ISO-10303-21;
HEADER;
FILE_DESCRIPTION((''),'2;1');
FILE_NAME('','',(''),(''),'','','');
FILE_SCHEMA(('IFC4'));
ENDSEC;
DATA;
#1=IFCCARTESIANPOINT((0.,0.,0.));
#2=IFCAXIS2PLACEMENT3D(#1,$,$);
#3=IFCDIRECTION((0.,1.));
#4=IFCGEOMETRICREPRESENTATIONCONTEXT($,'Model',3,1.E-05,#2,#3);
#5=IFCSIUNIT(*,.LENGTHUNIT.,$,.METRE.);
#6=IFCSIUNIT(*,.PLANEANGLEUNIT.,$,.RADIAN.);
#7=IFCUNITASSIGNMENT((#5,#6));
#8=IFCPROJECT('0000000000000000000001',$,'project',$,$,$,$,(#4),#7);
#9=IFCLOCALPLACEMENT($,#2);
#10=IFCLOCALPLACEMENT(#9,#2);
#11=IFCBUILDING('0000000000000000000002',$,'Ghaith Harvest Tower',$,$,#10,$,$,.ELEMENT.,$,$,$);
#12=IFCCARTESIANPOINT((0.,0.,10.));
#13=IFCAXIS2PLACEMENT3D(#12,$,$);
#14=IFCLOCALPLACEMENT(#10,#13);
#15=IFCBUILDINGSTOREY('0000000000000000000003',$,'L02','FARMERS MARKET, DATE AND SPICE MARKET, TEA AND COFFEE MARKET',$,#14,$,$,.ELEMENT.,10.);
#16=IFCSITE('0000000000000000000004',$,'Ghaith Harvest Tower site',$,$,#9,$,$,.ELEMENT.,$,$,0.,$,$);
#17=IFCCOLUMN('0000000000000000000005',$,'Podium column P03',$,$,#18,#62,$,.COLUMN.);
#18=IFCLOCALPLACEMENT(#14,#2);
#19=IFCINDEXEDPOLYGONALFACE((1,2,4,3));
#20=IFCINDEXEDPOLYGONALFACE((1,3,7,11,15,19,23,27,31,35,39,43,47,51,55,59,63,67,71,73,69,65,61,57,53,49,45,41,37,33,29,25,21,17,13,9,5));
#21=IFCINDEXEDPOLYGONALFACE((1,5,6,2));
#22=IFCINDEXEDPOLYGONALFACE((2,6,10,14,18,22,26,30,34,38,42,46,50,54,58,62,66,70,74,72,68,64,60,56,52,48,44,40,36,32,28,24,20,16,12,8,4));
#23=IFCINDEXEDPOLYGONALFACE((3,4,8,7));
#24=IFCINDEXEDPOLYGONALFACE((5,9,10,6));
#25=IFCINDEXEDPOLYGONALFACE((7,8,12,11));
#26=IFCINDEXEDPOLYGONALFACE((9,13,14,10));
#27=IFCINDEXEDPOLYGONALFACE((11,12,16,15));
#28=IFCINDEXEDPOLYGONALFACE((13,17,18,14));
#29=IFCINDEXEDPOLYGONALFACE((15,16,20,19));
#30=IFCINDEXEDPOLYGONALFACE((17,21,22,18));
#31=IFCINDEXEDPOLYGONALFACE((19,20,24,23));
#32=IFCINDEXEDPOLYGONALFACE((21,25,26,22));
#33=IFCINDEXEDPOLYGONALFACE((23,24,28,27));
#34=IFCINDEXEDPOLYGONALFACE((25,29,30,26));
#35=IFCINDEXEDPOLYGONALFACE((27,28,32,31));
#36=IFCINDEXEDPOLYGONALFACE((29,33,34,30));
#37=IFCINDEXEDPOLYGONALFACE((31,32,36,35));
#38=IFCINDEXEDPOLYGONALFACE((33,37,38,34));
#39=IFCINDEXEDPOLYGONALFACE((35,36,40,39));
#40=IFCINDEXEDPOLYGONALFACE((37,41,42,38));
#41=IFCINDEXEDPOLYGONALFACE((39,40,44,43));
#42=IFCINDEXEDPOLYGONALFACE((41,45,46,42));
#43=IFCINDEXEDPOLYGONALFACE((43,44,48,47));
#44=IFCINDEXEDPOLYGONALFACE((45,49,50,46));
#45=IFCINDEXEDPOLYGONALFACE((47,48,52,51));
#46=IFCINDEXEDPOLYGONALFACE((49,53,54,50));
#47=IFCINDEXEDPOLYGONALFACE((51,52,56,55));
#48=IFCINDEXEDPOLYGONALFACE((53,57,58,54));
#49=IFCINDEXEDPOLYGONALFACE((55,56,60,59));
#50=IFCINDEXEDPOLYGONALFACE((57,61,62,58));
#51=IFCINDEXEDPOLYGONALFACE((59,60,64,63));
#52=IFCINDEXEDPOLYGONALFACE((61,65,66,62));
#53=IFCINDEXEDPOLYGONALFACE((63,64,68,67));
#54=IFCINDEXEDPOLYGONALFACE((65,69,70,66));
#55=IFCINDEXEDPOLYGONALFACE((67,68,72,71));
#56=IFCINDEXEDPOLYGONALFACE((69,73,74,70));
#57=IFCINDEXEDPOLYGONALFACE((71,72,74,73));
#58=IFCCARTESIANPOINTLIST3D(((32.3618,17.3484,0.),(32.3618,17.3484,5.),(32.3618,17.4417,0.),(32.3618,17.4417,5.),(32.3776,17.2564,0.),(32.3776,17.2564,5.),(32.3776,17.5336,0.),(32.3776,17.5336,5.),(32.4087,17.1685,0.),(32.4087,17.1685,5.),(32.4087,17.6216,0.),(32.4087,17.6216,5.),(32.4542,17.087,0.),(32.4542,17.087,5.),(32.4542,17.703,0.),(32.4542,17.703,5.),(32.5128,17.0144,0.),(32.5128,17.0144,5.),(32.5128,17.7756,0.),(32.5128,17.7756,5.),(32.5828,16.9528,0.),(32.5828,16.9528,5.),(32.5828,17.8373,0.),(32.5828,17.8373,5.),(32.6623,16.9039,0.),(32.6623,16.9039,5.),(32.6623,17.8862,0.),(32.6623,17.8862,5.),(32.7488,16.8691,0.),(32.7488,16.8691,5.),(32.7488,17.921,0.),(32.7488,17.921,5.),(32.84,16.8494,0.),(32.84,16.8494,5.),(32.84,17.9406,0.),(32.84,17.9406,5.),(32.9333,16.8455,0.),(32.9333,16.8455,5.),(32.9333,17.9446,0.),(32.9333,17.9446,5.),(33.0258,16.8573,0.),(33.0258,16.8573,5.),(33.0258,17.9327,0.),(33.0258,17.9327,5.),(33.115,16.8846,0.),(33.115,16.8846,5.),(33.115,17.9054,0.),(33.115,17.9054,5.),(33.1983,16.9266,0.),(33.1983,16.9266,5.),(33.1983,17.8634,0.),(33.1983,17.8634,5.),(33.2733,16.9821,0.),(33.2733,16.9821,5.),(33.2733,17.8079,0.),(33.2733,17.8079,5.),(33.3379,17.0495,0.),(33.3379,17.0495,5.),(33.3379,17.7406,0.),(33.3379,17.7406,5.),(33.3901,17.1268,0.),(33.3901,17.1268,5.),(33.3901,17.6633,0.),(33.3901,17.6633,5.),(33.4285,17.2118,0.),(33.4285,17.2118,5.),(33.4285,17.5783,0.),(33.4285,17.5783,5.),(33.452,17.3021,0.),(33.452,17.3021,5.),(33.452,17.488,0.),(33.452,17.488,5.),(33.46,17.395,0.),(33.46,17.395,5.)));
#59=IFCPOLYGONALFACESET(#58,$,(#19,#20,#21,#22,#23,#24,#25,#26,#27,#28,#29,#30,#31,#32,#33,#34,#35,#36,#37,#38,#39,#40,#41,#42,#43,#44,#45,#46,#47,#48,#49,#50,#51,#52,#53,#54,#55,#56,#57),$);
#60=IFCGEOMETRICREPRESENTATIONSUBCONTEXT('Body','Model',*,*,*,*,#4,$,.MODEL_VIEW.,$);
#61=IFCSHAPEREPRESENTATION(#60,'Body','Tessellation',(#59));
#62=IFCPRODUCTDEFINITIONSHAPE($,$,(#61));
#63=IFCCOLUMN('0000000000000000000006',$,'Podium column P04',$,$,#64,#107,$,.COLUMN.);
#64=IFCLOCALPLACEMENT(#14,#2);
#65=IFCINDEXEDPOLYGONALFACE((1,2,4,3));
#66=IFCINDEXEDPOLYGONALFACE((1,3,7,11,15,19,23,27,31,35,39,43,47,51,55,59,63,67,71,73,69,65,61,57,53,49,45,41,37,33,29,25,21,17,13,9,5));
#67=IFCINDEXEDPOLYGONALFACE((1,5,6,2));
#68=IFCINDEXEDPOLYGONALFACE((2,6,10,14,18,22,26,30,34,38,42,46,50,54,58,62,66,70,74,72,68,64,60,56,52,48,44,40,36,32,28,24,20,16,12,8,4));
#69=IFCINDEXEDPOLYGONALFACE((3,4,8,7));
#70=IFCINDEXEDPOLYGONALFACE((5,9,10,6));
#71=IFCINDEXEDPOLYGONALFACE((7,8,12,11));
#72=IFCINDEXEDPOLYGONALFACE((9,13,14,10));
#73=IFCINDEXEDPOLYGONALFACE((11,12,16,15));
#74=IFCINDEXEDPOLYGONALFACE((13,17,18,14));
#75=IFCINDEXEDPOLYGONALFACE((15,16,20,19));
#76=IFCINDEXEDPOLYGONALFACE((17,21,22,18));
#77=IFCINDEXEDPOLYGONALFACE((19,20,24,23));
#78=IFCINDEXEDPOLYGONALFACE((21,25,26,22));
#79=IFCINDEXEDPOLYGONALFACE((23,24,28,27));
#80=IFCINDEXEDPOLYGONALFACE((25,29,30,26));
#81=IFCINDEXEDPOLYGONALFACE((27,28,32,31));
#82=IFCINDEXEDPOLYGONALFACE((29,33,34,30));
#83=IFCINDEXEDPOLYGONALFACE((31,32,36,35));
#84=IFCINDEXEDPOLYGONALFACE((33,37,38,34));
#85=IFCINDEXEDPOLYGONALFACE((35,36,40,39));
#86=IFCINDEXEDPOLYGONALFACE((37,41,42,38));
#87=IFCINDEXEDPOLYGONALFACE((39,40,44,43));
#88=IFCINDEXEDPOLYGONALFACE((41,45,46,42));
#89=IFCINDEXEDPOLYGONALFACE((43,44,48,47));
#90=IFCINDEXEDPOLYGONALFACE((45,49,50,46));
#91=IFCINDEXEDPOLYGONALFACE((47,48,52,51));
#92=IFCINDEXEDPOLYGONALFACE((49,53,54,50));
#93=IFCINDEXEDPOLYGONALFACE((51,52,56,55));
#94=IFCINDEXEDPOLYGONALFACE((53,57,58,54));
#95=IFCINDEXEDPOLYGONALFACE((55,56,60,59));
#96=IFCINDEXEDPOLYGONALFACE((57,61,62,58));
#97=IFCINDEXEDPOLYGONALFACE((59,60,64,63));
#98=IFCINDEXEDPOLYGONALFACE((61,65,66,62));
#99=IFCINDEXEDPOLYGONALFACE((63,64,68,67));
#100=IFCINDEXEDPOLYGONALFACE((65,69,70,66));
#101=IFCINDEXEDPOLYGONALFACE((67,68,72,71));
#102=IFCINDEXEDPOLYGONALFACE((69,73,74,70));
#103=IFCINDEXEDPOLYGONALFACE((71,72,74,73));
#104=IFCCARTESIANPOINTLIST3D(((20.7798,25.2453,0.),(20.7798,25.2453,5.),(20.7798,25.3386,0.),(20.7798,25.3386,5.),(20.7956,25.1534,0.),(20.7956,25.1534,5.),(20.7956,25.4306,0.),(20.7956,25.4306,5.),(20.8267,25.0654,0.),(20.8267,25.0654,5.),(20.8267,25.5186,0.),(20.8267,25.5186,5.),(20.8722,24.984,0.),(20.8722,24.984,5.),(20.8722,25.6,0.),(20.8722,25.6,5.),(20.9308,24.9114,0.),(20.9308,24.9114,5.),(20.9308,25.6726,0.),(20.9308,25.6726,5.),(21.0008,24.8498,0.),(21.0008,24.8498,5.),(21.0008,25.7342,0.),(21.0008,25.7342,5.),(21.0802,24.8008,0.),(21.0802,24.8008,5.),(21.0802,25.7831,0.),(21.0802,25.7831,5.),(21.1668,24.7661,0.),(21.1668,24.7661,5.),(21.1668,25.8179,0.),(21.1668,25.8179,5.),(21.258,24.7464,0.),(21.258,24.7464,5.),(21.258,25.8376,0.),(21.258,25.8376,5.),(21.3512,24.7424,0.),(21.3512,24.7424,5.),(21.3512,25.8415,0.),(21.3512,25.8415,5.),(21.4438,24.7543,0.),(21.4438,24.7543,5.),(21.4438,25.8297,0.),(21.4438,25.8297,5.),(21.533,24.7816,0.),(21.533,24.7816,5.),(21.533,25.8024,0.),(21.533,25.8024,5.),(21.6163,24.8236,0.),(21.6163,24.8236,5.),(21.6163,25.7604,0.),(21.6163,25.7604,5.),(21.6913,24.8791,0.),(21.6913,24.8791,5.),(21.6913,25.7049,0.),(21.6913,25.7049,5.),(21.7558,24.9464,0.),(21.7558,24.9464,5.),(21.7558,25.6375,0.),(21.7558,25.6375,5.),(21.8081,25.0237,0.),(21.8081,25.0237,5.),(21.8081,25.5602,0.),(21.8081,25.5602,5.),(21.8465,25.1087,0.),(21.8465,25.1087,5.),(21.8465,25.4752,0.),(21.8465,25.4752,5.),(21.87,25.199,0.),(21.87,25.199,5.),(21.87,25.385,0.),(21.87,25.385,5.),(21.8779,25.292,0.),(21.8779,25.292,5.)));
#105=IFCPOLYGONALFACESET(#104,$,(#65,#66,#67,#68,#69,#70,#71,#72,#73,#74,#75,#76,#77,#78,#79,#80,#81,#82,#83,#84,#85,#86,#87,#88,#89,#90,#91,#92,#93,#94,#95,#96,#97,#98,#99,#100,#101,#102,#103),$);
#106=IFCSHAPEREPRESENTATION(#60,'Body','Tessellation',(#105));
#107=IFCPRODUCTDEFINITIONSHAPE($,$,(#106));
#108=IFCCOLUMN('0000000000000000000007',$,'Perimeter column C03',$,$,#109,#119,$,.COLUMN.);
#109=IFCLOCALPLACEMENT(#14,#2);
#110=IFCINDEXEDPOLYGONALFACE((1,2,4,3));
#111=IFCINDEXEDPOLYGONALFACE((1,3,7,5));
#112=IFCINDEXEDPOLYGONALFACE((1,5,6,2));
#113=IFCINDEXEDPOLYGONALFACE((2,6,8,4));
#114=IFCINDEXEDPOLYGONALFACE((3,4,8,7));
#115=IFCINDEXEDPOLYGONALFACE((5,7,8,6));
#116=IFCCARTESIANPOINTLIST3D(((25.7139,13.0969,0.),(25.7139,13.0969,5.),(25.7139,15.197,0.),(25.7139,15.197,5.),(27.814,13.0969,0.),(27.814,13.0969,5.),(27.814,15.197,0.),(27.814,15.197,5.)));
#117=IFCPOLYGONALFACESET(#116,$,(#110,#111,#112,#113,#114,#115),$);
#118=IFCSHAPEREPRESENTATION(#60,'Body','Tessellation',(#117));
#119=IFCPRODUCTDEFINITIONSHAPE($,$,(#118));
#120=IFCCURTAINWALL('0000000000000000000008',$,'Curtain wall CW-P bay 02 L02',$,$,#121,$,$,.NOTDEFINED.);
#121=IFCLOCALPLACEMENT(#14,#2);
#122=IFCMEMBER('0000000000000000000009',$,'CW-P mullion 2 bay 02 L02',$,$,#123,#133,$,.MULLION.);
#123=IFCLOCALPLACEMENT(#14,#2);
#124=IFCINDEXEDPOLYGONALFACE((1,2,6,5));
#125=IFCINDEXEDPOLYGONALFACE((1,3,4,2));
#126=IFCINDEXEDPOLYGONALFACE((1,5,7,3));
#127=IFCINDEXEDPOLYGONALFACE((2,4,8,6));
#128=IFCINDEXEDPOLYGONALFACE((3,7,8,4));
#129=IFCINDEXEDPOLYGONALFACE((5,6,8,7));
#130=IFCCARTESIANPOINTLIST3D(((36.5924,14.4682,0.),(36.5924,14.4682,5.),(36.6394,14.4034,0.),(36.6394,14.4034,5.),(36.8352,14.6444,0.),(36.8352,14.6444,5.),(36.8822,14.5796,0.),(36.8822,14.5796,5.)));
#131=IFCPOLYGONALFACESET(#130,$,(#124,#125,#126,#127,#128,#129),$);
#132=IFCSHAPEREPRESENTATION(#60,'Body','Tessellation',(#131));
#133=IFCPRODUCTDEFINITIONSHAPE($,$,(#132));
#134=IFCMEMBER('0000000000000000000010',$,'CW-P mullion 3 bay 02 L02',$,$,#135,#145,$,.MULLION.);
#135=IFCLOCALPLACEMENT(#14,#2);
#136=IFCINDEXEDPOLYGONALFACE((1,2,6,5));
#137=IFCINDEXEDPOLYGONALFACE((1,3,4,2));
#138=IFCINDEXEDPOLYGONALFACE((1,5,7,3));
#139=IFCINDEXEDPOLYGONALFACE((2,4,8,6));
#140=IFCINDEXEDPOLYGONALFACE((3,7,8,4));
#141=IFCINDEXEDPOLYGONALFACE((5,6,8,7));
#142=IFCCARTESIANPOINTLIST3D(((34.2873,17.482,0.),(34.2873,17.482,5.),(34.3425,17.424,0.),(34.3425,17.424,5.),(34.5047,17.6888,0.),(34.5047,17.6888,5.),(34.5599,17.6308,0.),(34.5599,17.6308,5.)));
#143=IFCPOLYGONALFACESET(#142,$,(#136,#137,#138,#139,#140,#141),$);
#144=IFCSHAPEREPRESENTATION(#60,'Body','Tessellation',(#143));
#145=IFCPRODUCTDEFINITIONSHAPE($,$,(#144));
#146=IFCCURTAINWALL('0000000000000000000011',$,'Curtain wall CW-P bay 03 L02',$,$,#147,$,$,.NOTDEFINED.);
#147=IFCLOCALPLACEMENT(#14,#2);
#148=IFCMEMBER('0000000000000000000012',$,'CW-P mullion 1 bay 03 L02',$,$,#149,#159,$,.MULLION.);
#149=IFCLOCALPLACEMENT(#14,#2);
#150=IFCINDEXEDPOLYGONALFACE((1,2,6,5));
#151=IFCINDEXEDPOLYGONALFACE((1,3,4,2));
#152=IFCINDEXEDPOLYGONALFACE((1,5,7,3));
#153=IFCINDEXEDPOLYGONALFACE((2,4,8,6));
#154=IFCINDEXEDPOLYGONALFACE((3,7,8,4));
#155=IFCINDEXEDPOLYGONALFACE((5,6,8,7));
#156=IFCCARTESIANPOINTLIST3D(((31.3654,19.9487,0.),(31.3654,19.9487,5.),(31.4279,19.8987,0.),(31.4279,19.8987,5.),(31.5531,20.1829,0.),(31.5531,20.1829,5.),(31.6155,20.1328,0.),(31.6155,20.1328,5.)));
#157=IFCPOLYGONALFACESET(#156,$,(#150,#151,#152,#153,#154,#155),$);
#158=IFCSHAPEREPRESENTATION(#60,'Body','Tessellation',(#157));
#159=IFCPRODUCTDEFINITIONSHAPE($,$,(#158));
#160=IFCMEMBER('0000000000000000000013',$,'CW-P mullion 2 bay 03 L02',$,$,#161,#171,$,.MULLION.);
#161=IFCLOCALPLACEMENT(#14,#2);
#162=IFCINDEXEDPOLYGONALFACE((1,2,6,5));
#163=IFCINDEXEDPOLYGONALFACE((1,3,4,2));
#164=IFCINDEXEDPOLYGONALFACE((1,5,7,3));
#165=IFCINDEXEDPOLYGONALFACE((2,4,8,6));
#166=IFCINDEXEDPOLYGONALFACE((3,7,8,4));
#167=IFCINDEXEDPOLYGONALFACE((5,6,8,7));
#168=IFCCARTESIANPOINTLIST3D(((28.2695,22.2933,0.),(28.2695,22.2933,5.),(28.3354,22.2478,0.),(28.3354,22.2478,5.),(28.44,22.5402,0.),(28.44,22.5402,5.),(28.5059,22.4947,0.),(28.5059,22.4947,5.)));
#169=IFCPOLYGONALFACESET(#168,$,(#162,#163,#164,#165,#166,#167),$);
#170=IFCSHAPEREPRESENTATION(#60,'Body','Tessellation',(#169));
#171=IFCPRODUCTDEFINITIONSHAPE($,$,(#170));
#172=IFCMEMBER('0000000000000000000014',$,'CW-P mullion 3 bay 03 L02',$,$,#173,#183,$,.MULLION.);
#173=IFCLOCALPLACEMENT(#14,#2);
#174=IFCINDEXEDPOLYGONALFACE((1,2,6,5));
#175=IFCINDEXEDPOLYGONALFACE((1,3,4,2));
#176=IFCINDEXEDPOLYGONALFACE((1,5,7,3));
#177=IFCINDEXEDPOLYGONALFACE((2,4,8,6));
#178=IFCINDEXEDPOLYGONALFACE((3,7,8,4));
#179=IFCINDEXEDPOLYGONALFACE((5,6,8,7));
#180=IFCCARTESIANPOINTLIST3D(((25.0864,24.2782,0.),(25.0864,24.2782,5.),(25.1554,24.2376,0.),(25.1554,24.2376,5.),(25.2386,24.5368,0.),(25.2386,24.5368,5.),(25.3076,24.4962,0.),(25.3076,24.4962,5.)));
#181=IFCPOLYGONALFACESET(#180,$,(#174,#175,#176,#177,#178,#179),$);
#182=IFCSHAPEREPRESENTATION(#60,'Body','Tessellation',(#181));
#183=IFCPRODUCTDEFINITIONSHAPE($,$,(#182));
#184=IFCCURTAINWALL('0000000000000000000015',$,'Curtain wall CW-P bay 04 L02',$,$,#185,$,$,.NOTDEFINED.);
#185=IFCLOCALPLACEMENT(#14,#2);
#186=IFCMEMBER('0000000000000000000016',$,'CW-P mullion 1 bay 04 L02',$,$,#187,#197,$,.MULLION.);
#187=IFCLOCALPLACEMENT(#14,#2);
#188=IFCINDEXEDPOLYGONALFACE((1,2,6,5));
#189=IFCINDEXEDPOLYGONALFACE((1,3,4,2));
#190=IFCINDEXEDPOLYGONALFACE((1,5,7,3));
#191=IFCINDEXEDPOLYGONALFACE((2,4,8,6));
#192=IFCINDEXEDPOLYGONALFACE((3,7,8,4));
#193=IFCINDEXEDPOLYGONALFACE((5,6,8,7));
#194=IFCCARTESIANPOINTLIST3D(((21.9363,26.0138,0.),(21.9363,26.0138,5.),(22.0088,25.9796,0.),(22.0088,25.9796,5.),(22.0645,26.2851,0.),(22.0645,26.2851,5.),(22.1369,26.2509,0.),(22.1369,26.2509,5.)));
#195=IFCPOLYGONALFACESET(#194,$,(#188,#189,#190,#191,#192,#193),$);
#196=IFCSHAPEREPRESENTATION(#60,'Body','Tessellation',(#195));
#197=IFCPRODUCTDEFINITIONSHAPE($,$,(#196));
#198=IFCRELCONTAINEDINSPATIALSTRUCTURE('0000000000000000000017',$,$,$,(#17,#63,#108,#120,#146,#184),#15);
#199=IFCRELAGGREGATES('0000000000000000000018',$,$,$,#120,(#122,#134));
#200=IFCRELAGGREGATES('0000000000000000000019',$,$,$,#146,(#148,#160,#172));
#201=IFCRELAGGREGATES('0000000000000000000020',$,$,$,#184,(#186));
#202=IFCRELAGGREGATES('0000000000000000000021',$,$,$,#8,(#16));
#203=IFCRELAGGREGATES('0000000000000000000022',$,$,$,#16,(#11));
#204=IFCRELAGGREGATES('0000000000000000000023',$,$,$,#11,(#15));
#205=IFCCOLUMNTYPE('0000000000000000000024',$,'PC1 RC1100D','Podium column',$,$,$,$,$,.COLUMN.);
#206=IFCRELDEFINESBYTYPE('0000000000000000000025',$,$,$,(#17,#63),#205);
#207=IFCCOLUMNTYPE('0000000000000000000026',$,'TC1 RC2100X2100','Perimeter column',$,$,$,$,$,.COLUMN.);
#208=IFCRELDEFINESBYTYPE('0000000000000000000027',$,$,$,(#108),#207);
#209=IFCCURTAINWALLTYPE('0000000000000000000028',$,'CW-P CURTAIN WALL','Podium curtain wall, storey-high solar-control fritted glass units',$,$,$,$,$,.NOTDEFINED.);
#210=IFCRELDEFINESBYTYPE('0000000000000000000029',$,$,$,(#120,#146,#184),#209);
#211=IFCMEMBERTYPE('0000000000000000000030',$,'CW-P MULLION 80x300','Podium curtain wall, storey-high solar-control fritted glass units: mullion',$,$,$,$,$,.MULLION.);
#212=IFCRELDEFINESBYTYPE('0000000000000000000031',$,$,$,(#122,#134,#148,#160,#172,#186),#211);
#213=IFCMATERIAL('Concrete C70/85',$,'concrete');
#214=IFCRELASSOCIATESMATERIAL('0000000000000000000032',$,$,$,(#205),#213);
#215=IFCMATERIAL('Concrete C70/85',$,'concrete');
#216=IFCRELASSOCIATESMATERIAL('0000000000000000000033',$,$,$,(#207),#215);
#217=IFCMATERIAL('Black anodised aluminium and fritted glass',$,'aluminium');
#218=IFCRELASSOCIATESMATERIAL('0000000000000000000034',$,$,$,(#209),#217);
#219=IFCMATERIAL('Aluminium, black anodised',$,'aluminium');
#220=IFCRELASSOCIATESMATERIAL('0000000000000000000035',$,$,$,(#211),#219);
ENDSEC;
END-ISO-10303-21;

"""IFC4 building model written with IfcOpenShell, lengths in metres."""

from ifc_helpers import new_model, si_unit, direction, frame, origin, origin_2d, place, context, subcontext, project, spatial, rectangle, circle, extrude, material, material_profile, profile_set, type_object, element, aggregate, save


model = new_model("IFC4")

# Units and contexts
model_context = context("Model", 3, precision=1e-05, world=origin(), true_north=direction((0.0, 1.0)))
body_context = subcontext(model_context, "Body", "Model", "MODEL_VIEW")
ifc_project = project(units=[si_unit("LENGTHUNIT", "METRE"), si_unit("PLANEANGLEUNIT", "RADIAN")], contexts=[model_context])

# Site, building, storey
site_placement = place(None, origin())
site = spatial("IfcSite", under=ifc_project, at=site_placement, Name="Ghaith Harvest Tower site", CompositionType="ELEMENT", RefElevation=0.0)
building_placement = place(site_placement, origin())
building = spatial("IfcBuilding", under=site, at=building_placement, Name="Ghaith Harvest Tower", CompositionType="ELEMENT")
storey_placement = place(building_placement, frame((0.0, 0.0, 10.0)))
storey = spatial("IfcBuildingStorey", under=building, at=storey_placement, Name="L02", Description="FARMERS MARKET, DATE AND SPICE MARKET, TEA AND COFFEE MARKET", CompositionType="ELEMENT", Elevation=10.0)

# Columns
ifc_material_1 = material(Name="Concrete C70/85", Category="concrete")
ifc_material_profile_1 = material_profile(ifc_material_1, circle(Radius=0.55, at=origin_2d()), Name="RC1100D")
ifc_profile_set_1 = profile_set([ifc_material_profile_1], Name="Concrete C70/85")
column_type_1 = type_object("IfcColumnType", Name="PC1 RC1100D", Description="Podium column", PredefinedType="COLUMN", material=ifc_profile_set_1)
for number, where, z_axis, x_axis, name in (
    (1, (32.9099, 17.395, 0.0), (0.0, 0.0, 1.0), (1.0, 0.0, 0.0), "Podium column P03"),
    (2, (21.3279, 25.292, 0.0), (0.0, 0.0, 1.0), (1.0, 0.0, 0.0), "Podium column P04"),
):
    element("IfcColumn", number, at=place(storey_placement, frame(where, z_axis=z_axis, x_axis=x_axis)), inside=storey, type_object=column_type_1, Name=name, PredefinedType="COLUMN", context=body_context, shape_type="SweptSolid", body=[
        extrude(circle(Radius=0.55, at=origin_2d()), origin(), (0.0, 0.0, 1.0), 5.0),
    ])
ifc_material_2 = material(Name="Concrete C70/85", Category="concrete")
ifc_material_profile_2 = material_profile(ifc_material_2, rectangle(XDim=2.1001, YDim=2.1001, at=origin_2d()), Name="RC2100X2100")
ifc_profile_set_2 = profile_set([ifc_material_profile_2], Name="Concrete C70/85")
column_type_2 = type_object("IfcColumnType", Name="TC1 RC2100X2100", Description="Perimeter column", PredefinedType="COLUMN", material=ifc_profile_set_2)
column_placement = place(storey_placement, frame((26.7639, 14.147, 0.0), z_axis=(0.0, 0.0, 1.0), x_axis=(1.0, 0.0, 0.0)))
element("IfcColumn", 3, at=column_placement, inside=storey, type_object=column_type_2, Name="Perimeter column C03", PredefinedType="COLUMN", context=body_context, shape_type="SweptSolid", body=[
    extrude(rectangle(XDim=2.1001, YDim=2.1001, at=origin_2d()), origin(), (0.0, 0.0, 1.0), 5.0),
])

# Curtain walls, members
ifc_material_3 = material(Name="Black anodised aluminium and fritted glass", Category="aluminium")
curtain_wall_type = type_object("IfcCurtainWallType", Name="CW-P CURTAIN WALL", Description="Podium curtain wall, storey-high solar-control fritted glass units", PredefinedType="NOTDEFINED", material=ifc_material_3)
curtain_wall_1_placement = place(storey_placement, origin())
curtain_wall_1 = element("IfcCurtainWall", 4, at=curtain_wall_1_placement, inside=storey, type_object=curtain_wall_type, Name="Curtain wall CW-P bay 02 L02", PredefinedType="NOTDEFINED")
ifc_material_4 = material(Name="Aluminium, black anodised", Category="aluminium")
ifc_material_profile_3 = material_profile(ifc_material_4, rectangle(XDim=0.0801, YDim=0.3, at=origin_2d()), Name="CW-P MULLION 80x300")
ifc_profile_set_3 = profile_set([ifc_material_profile_3], Name="Aluminium, black anodised")
member_type_1 = type_object("IfcMemberType", Name="CW-P MULLION 80x300", Description="Podium curtain wall, storey-high solar-control fritted glass units: mullion", PredefinedType="MULLION", material=ifc_profile_set_3)
member_1_placement = place(storey_placement, frame((36.7373, 14.5239, 0.0), z_axis=(0.0, 0.0, 1.0), x_axis=(-0.587258, 0.8094, 0.0)))
member_1 = element("IfcMember", 5, at=member_1_placement, type_object=member_type_1, Name="CW-P mullion 2 bay 02 L02", PredefinedType="MULLION", context=body_context, shape_type="SweptSolid", body=[
    extrude(rectangle(XDim=0.0801, YDim=0.3, at=origin_2d()), origin(), (0.0, 0.0, 1.0), 5.0),
])
member_2_placement = place(storey_placement, frame((34.4236, 17.5564, 0.0), z_axis=(0.0, 0.0, 1.0), x_axis=(-0.689143, 0.724625, 0.0)))
member_2 = element("IfcMember", 6, at=member_2_placement, type_object=member_type_1, Name="CW-P mullion 3 bay 02 L02", PredefinedType="MULLION", context=body_context, shape_type="SweptSolid", body=[
    extrude(rectangle(XDim=0.0801, YDim=0.3, at=origin_2d()), origin(), (0.0, 0.0, 1.0), 5.0),
])
curtain_wall_2_placement = place(storey_placement, origin())
curtain_wall_2 = element("IfcCurtainWall", 7, at=curtain_wall_2_placement, inside=storey, type_object=curtain_wall_type, Name="Curtain wall CW-P bay 03 L02", PredefinedType="NOTDEFINED")
member_3_placement = place(storey_placement, frame((31.4905, 20.0408, 0.0), z_axis=(0.0, 0.0, 1.0), x_axis=(-0.780317, 0.625384, 0.0)))
member_3 = element("IfcMember", 8, at=member_3_placement, type_object=member_type_1, Name="CW-P mullion 1 bay 03 L02", PredefinedType="MULLION", context=body_context, shape_type="SweptSolid", body=[
    extrude(rectangle(XDim=0.0801, YDim=0.3, at=origin_2d()), origin(), (0.0, 0.0, 1.0), 5.0),
])
member_4_placement = place(storey_placement, frame((28.3877, 22.394, 0.0), z_axis=(0.0, 0.0, 1.0), x_axis=(-0.822845, 0.568267, 0.0)))
member_4 = element("IfcMember", 9, at=member_4_placement, type_object=member_type_1, Name="CW-P mullion 2 bay 03 L02", PredefinedType="MULLION", context=body_context, shape_type="SweptSolid", body=[
    extrude(rectangle(XDim=0.0801, YDim=0.3, at=origin_2d()), origin(), (0.0, 0.0, 1.0), 5.0),
])
member_5_placement = place(storey_placement, frame((25.197, 24.3872, 0.0), z_axis=(0.0, 0.0, 1.0), x_axis=(-0.861801, 0.507247, 0.0)))
member_5 = element("IfcMember", 10, at=member_5_placement, type_object=member_type_1, Name="CW-P mullion 3 bay 03 L02", PredefinedType="MULLION", context=body_context, shape_type="SweptSolid", body=[
    extrude(rectangle(XDim=0.0801, YDim=0.3, at=origin_2d()), origin(), (0.0, 0.0, 1.0), 5.0),
])

# Curtain wall, member
curtain_wall_3_placement = place(storey_placement, origin())
curtain_wall_3 = element("IfcCurtainWall", 11, at=curtain_wall_3_placement, inside=storey, type_object=curtain_wall_type, Name="Curtain wall CW-P bay 04 L02", PredefinedType="NOTDEFINED")
member_6_placement = place(storey_placement, frame((22.0366, 26.1323, 0.0), z_axis=(0.0, 0.0, 1.0), x_axis=(-0.904207, 0.427095, 0.0)))
member_6 = element("IfcMember", 12, at=member_6_placement, type_object=member_type_1, Name="CW-P mullion 1 bay 04 L02", PredefinedType="MULLION", context=body_context, shape_type="SweptSolid", body=[
    extrude(rectangle(XDim=0.0801, YDim=0.3, at=origin_2d()), origin(), (0.0, 0.0, 1.0), 5.0),
])

aggregate(curtain_wall_1, [member_1, member_2])
aggregate(curtain_wall_2, [member_3, member_4, member_5])
aggregate(curtain_wall_3, [member_6])

save(model, "model.ifc")
